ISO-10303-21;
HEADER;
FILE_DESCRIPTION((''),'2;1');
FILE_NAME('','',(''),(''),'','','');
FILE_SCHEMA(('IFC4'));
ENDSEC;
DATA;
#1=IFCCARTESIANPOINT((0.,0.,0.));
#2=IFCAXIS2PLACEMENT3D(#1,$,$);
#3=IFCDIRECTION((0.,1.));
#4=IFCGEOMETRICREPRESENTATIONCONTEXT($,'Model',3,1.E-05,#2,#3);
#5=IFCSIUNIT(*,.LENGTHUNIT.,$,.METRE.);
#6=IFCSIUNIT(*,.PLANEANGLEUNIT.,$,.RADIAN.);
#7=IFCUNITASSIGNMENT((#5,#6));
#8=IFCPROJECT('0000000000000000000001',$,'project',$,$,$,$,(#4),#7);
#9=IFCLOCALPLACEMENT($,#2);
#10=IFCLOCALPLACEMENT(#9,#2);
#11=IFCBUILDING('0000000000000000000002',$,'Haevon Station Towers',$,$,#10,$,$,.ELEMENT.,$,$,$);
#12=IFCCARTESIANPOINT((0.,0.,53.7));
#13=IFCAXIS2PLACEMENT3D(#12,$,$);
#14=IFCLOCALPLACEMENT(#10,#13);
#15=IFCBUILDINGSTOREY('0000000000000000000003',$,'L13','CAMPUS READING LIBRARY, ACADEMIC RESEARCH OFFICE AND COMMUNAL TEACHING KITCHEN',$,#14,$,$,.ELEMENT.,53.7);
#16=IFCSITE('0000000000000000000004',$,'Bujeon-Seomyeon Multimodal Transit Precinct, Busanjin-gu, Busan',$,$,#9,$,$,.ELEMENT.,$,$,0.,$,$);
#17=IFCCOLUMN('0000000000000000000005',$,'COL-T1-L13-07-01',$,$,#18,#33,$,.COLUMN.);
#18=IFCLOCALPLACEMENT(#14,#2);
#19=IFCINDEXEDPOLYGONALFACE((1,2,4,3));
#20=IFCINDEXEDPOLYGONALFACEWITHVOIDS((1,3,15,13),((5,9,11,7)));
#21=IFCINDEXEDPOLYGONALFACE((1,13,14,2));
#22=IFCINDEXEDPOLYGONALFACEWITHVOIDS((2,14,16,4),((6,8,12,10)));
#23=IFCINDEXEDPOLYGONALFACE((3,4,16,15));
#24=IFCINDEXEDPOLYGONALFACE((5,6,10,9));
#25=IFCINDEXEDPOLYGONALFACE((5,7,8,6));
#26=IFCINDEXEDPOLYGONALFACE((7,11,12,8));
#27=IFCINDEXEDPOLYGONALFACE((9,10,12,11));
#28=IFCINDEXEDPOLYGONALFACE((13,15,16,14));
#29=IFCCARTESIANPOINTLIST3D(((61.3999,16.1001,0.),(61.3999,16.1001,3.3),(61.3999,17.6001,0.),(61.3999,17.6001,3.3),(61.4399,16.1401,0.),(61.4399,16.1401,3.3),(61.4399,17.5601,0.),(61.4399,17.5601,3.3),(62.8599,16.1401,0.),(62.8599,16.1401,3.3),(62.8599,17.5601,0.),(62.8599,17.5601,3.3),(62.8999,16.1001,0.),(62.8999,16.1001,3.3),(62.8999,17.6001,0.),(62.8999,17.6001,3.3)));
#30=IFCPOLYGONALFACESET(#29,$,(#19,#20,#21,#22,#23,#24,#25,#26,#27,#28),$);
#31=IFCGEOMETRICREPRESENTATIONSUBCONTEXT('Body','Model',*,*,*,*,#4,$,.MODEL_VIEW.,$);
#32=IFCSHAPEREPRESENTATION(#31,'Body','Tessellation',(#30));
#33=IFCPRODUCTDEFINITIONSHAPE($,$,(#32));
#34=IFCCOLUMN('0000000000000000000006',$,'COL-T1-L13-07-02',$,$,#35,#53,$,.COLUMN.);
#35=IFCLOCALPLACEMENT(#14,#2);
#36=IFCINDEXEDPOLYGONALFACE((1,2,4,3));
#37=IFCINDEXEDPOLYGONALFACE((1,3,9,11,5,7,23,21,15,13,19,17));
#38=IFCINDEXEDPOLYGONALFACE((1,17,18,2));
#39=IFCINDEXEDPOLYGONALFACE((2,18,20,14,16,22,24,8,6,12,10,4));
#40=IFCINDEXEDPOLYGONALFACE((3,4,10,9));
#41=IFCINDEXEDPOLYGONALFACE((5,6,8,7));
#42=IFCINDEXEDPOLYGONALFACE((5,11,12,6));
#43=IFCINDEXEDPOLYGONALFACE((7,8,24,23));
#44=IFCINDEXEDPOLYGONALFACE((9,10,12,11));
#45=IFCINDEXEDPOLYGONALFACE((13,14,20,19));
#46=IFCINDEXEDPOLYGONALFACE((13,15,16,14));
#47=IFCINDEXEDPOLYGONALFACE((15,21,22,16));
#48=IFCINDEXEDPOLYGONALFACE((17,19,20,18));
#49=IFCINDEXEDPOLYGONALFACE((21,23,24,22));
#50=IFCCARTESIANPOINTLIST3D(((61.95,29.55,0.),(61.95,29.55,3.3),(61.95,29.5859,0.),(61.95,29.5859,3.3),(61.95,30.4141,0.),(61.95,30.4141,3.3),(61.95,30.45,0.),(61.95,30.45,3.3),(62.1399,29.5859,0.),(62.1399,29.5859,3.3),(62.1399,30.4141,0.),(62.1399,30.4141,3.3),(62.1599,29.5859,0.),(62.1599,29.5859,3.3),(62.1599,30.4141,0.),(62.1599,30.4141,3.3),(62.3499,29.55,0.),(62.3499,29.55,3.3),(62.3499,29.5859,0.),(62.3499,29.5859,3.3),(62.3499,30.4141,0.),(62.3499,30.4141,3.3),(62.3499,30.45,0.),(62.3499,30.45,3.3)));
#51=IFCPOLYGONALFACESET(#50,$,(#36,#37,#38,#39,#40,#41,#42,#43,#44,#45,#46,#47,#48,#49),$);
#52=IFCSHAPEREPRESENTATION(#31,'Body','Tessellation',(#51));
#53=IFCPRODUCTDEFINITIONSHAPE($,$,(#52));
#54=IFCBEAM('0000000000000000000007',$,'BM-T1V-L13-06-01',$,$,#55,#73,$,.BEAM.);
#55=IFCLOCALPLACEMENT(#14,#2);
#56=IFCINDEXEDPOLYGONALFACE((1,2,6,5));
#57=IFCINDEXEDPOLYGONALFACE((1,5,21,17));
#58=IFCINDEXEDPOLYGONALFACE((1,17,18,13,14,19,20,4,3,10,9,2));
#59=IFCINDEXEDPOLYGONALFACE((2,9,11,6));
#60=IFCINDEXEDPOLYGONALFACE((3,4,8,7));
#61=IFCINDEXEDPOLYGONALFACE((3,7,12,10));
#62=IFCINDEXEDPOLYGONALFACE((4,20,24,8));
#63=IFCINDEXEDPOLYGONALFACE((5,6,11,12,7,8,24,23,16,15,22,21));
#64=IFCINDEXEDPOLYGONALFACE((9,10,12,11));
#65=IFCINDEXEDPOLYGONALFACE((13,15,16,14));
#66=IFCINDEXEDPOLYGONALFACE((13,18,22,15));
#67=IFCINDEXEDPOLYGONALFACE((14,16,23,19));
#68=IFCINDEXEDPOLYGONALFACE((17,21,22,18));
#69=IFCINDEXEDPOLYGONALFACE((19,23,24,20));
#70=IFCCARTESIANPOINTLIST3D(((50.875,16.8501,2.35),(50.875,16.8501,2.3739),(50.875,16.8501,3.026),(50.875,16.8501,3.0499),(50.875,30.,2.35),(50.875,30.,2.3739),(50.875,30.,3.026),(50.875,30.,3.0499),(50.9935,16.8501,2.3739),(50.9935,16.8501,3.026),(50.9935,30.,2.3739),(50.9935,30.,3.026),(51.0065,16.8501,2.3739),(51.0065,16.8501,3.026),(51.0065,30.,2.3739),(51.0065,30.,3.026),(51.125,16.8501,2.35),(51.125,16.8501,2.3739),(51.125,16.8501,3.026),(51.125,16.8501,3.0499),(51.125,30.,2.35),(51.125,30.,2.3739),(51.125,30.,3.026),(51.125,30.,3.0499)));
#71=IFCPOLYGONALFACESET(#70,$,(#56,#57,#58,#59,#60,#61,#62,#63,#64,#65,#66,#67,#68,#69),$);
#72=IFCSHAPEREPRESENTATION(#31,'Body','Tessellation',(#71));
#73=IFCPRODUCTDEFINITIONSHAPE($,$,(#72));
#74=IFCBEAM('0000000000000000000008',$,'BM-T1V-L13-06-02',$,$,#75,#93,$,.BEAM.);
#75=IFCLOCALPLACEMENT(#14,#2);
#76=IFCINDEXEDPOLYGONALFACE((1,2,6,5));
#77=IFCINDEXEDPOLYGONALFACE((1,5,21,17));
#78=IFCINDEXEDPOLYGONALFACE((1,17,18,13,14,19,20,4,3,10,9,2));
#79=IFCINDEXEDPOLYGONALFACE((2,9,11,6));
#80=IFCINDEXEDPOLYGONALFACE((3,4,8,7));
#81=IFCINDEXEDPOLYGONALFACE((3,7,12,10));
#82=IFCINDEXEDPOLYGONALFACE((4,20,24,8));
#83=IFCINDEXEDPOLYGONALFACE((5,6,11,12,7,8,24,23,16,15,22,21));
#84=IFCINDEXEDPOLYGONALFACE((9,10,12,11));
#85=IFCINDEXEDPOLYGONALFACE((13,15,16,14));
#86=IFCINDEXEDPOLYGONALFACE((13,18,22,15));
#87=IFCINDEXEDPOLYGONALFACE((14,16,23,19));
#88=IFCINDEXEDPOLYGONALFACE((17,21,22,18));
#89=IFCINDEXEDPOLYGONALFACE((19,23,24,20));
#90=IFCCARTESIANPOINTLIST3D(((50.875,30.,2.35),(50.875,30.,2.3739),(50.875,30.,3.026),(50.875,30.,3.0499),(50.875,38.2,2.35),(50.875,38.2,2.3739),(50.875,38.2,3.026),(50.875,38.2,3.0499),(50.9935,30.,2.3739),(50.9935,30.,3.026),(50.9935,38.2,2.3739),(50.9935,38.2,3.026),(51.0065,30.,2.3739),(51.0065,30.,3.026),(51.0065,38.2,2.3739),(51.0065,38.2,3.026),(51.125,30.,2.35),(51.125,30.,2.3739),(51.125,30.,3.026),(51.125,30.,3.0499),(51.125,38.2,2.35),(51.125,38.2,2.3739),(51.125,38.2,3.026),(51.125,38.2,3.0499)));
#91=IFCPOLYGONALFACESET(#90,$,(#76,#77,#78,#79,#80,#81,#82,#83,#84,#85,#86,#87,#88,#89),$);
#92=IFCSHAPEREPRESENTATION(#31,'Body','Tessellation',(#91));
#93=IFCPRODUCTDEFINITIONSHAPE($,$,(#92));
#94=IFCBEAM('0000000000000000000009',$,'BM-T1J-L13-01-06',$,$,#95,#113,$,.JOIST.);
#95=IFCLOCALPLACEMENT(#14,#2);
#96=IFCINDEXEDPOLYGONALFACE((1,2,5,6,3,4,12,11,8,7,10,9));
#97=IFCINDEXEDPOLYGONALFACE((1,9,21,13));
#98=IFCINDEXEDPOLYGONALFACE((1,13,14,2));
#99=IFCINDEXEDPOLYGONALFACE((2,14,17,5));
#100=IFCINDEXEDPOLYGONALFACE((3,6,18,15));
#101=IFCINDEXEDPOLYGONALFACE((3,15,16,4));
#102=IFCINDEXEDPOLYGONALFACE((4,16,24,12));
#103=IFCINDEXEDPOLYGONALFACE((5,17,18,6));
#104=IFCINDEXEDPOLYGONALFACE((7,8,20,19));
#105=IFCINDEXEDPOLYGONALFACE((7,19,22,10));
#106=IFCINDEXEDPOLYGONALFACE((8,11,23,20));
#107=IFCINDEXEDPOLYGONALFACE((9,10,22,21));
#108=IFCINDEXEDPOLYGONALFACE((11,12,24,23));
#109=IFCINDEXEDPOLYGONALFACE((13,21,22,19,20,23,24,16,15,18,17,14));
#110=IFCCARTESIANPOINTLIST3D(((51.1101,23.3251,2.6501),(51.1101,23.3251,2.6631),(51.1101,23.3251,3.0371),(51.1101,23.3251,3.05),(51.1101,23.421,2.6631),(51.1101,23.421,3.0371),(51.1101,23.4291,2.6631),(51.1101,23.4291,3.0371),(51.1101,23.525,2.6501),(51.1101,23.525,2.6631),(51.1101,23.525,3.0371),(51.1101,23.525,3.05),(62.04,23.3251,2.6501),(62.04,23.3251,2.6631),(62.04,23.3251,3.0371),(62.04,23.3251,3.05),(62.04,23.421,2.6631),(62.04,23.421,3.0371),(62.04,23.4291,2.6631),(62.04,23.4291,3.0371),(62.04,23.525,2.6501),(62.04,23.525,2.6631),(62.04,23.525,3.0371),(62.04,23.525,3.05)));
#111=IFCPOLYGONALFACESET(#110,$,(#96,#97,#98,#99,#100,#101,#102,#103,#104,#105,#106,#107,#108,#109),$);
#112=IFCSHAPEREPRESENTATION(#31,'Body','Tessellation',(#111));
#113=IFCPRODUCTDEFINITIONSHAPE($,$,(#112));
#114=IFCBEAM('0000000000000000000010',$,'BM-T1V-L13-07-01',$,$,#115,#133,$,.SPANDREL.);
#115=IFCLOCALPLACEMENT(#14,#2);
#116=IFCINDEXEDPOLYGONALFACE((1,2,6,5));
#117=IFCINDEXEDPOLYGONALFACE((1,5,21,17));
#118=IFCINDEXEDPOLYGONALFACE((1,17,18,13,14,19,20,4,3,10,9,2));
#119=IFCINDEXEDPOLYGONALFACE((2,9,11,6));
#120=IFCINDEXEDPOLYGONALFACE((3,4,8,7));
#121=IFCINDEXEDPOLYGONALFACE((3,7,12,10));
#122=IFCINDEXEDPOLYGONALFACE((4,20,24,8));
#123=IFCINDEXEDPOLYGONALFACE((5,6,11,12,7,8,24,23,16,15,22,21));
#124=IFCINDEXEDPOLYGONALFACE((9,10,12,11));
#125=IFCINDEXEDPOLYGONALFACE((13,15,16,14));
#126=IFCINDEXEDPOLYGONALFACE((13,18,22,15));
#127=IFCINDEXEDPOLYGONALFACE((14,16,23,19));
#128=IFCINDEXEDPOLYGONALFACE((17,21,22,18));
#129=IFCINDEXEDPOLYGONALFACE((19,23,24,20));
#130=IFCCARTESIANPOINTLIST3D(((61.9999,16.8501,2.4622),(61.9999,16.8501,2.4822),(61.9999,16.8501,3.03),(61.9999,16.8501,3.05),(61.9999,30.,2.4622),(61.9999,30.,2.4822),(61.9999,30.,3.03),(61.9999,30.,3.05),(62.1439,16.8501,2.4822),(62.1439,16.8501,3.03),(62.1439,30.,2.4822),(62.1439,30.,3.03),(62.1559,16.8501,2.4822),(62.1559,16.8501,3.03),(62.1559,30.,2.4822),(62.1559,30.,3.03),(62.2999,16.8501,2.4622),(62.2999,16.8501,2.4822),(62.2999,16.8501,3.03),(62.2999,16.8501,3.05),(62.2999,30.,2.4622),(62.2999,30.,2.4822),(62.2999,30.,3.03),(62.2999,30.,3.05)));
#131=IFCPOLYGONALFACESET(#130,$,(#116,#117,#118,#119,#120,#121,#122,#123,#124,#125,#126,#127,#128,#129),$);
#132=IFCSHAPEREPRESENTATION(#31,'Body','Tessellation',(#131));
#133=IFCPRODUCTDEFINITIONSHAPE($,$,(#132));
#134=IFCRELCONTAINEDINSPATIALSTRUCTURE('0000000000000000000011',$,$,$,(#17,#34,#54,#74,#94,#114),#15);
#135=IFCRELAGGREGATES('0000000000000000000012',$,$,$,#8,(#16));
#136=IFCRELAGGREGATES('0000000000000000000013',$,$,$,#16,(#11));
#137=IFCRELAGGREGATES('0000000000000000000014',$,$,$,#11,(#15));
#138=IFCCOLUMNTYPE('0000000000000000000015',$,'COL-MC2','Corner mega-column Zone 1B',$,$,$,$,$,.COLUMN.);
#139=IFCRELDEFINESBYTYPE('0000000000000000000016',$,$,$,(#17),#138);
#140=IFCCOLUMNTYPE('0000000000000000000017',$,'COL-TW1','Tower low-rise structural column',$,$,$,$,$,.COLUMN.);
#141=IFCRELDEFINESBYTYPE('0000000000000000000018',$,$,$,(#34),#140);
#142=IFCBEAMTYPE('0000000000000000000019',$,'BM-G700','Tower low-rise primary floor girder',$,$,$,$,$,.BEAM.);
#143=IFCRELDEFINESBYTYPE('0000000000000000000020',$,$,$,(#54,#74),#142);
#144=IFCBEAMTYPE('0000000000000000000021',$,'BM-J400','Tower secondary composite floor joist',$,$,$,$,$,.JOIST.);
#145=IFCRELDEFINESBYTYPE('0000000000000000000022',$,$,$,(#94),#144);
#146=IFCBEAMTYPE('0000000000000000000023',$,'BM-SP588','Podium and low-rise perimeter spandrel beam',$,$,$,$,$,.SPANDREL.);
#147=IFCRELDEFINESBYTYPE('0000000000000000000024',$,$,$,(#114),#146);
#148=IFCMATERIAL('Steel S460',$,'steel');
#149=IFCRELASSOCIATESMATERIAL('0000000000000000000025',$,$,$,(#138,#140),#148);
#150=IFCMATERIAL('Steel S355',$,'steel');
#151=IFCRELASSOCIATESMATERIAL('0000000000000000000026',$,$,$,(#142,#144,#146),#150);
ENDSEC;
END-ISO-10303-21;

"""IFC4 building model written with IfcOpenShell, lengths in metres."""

from ifc_helpers import new_model, si_unit, direction, frame, origin, origin_2d, place, context, subcontext, project, spatial, hollow_rectangle, i_section, extrude, material, material_profile, profile_set, type_object, element, save


model = new_model("IFC4")

# Units and contexts
model_context = context("Model", 3, precision=1e-05, world=origin(), true_north=direction((0.0, 1.0)))
body_context = subcontext(model_context, "Body", "Model", "MODEL_VIEW")
ifc_project = project(units=[si_unit("LENGTHUNIT", "METRE"), si_unit("PLANEANGLEUNIT", "RADIAN")], contexts=[model_context])

# Site, building, storey
site_placement = place(None, origin())
site = spatial("IfcSite", under=ifc_project, at=site_placement, Name="Bujeon-Seomyeon Multimodal Transit Precinct, Busanjin-gu, Busan", CompositionType="ELEMENT", RefElevation=0.0)
building_placement = place(site_placement, origin())
building = spatial("IfcBuilding", under=site, at=building_placement, Name="Haevon Station Towers", CompositionType="ELEMENT")
storey_placement = place(building_placement, frame((0.0, 0.0, 53.7)))
storey = spatial("IfcBuildingStorey", under=building, at=storey_placement, Name="L13", Description="CAMPUS READING LIBRARY, ACADEMIC RESEARCH OFFICE AND COMMUNAL TEACHING KITCHEN", CompositionType="ELEMENT", Elevation=53.7)

# Columns
ifc_material_1 = material(Name="Steel S460", Category="steel")
ifc_material_profile_1 = material_profile(ifc_material_1, hollow_rectangle(XDim=1.5, YDim=1.5, WallThickness=0.04, at=origin_2d()), Name="BOX-1500x1500x40")
ifc_profile_set_1 = profile_set([ifc_material_profile_1], Name="Steel S460")
column_type_1 = type_object("IfcColumnType", Name="COL-MC2", Description="Corner mega-column Zone 1B", PredefinedType="COLUMN", material=ifc_profile_set_1)
column_1_placement = place(storey_placement, frame((62.1499, 16.8501, 0.0), z_axis=(0.0, 0.0, 1.0), x_axis=(1.0, 0.0, 0.0)))
element("IfcColumn", 1, at=column_1_placement, inside=storey, type_object=column_type_1, Name="COL-T1-L13-07-01", PredefinedType="COLUMN", context=body_context, shape_type="SweptSolid", body=[
    extrude(hollow_rectangle(XDim=1.5, YDim=1.5, WallThickness=0.04, at=origin_2d()), origin(), (0.0, 0.0, 1.0), 3.3),
])
ifc_material_profile_2 = material_profile(ifc_material_1, i_section(OverallWidth=0.3999, OverallDepth=0.8999, WebThickness=0.02, FlangeThickness=0.0359, at=origin_2d()), Name="H-900x400x20x36")
ifc_profile_set_2 = profile_set([ifc_material_profile_2], Name="Steel S460")
column_type_2 = type_object("IfcColumnType", Name="COL-TW1", Description="Tower low-rise structural column", PredefinedType="COLUMN", material=ifc_profile_set_2)
column_2_placement = place(storey_placement, frame((62.1499, 30.0, 0.0), z_axis=(0.0, 0.0, 1.0), x_axis=(1.0, 0.0, 0.0)))
element("IfcColumn", 2, at=column_2_placement, inside=storey, type_object=column_type_2, Name="COL-T1-L13-07-02", PredefinedType="COLUMN", context=body_context, shape_type="SweptSolid", body=[
    extrude(i_section(OverallWidth=0.3999, OverallDepth=0.8999, WebThickness=0.02, FlangeThickness=0.0359, at=origin_2d()), origin(), (0.0, 0.0, 1.0), 3.3),
])

# Beams
ifc_material_2 = material(Name="Steel S355", Category="steel")
ifc_material_profile_3 = material_profile(ifc_material_2, i_section(OverallWidth=0.25, OverallDepth=0.7, WebThickness=0.0129, FlangeThickness=0.0239, at=origin_2d()), Name="H-700x250x13x24")
ifc_profile_set_3 = profile_set([ifc_material_profile_3], Name="Steel S355")
beam_type_1 = type_object("IfcBeamType", Name="BM-G700", Description="Tower low-rise primary floor girder", PredefinedType="BEAM", material=ifc_profile_set_3)
beam_1_placement = place(storey_placement, frame((51.0, 16.8501, 2.7), z_axis=(0.0, 1.0, 0.0), x_axis=(-1.0, 0.0, 0.0)))
element("IfcBeam", 3, at=beam_1_placement, inside=storey, type_object=beam_type_1, Name="BM-T1V-L13-06-01", PredefinedType="BEAM", context=body_context, shape_type="SweptSolid", body=[
    extrude(i_section(OverallWidth=0.25, OverallDepth=0.7, WebThickness=0.0129, FlangeThickness=0.0239, at=origin_2d()), origin(), (0.0, 0.0, 1.0), 13.1499),
])
beam_2_placement = place(storey_placement, frame((51.0, 30.0, 2.7), z_axis=(0.0, 1.0, 0.0), x_axis=(-1.0, 0.0, 0.0)))
element("IfcBeam", 4, at=beam_2_placement, inside=storey, type_object=beam_type_1, Name="BM-T1V-L13-06-02", PredefinedType="BEAM", context=body_context, shape_type="SweptSolid", body=[
    extrude(i_section(OverallWidth=0.25, OverallDepth=0.7, WebThickness=0.0129, FlangeThickness=0.0239, at=origin_2d()), origin(), (0.0, 0.0, 1.0), 8.2),
])
ifc_material_profile_4 = material_profile(ifc_material_2, i_section(OverallWidth=0.2, OverallDepth=0.3999, WebThickness=0.0081, FlangeThickness=0.0129, at=origin_2d()), Name="H-400x200x8x13")
ifc_profile_set_4 = profile_set([ifc_material_profile_4], Name="Steel S355")
beam_type_2 = type_object("IfcBeamType", Name="BM-J400", Description="Tower secondary composite floor joist", PredefinedType="JOIST", material=ifc_profile_set_4)
beam_3_placement = place(storey_placement, frame((51.1101, 23.425, 2.8501), z_axis=(1.0, 0.0, 0.0), x_axis=(0.0, 1.0, 0.0)))
element("IfcBeam", 5, at=beam_3_placement, inside=storey, type_object=beam_type_2, Name="BM-T1J-L13-01-06", PredefinedType="JOIST", context=body_context, shape_type="SweptSolid", body=[
    extrude(i_section(OverallWidth=0.2, OverallDepth=0.3999, WebThickness=0.0081, FlangeThickness=0.0129, at=origin_2d()), origin(), (0.0, 0.0, 1.0), 10.9299),
])
ifc_material_profile_5 = material_profile(ifc_material_2, i_section(OverallWidth=0.3, OverallDepth=0.5879, WebThickness=0.012, FlangeThickness=0.02, at=origin_2d()), Name="H-588x300x12x20")
ifc_profile_set_5 = profile_set([ifc_material_profile_5], Name="Steel S355")
beam_type_3 = type_object("IfcBeamType", Name="BM-SP588", Description="Podium and low-rise perimeter spandrel beam", PredefinedType="SPANDREL", material=ifc_profile_set_5)
beam_4_placement = place(storey_placement, frame((62.1499, 16.8501, 2.7561), z_axis=(0.0, 1.0, 0.0), x_axis=(-1.0, 0.0, 0.0)))
element("IfcBeam", 6, at=beam_4_placement, inside=storey, type_object=beam_type_3, Name="BM-T1V-L13-07-01", PredefinedType="SPANDREL", context=body_context, shape_type="SweptSolid", body=[
    extrude(i_section(OverallWidth=0.3, OverallDepth=0.5879, WebThickness=0.012, FlangeThickness=0.02, at=origin_2d()), origin(), (0.0, 0.0, 1.0), 13.1499),
])

save(model, "model.ifc")
